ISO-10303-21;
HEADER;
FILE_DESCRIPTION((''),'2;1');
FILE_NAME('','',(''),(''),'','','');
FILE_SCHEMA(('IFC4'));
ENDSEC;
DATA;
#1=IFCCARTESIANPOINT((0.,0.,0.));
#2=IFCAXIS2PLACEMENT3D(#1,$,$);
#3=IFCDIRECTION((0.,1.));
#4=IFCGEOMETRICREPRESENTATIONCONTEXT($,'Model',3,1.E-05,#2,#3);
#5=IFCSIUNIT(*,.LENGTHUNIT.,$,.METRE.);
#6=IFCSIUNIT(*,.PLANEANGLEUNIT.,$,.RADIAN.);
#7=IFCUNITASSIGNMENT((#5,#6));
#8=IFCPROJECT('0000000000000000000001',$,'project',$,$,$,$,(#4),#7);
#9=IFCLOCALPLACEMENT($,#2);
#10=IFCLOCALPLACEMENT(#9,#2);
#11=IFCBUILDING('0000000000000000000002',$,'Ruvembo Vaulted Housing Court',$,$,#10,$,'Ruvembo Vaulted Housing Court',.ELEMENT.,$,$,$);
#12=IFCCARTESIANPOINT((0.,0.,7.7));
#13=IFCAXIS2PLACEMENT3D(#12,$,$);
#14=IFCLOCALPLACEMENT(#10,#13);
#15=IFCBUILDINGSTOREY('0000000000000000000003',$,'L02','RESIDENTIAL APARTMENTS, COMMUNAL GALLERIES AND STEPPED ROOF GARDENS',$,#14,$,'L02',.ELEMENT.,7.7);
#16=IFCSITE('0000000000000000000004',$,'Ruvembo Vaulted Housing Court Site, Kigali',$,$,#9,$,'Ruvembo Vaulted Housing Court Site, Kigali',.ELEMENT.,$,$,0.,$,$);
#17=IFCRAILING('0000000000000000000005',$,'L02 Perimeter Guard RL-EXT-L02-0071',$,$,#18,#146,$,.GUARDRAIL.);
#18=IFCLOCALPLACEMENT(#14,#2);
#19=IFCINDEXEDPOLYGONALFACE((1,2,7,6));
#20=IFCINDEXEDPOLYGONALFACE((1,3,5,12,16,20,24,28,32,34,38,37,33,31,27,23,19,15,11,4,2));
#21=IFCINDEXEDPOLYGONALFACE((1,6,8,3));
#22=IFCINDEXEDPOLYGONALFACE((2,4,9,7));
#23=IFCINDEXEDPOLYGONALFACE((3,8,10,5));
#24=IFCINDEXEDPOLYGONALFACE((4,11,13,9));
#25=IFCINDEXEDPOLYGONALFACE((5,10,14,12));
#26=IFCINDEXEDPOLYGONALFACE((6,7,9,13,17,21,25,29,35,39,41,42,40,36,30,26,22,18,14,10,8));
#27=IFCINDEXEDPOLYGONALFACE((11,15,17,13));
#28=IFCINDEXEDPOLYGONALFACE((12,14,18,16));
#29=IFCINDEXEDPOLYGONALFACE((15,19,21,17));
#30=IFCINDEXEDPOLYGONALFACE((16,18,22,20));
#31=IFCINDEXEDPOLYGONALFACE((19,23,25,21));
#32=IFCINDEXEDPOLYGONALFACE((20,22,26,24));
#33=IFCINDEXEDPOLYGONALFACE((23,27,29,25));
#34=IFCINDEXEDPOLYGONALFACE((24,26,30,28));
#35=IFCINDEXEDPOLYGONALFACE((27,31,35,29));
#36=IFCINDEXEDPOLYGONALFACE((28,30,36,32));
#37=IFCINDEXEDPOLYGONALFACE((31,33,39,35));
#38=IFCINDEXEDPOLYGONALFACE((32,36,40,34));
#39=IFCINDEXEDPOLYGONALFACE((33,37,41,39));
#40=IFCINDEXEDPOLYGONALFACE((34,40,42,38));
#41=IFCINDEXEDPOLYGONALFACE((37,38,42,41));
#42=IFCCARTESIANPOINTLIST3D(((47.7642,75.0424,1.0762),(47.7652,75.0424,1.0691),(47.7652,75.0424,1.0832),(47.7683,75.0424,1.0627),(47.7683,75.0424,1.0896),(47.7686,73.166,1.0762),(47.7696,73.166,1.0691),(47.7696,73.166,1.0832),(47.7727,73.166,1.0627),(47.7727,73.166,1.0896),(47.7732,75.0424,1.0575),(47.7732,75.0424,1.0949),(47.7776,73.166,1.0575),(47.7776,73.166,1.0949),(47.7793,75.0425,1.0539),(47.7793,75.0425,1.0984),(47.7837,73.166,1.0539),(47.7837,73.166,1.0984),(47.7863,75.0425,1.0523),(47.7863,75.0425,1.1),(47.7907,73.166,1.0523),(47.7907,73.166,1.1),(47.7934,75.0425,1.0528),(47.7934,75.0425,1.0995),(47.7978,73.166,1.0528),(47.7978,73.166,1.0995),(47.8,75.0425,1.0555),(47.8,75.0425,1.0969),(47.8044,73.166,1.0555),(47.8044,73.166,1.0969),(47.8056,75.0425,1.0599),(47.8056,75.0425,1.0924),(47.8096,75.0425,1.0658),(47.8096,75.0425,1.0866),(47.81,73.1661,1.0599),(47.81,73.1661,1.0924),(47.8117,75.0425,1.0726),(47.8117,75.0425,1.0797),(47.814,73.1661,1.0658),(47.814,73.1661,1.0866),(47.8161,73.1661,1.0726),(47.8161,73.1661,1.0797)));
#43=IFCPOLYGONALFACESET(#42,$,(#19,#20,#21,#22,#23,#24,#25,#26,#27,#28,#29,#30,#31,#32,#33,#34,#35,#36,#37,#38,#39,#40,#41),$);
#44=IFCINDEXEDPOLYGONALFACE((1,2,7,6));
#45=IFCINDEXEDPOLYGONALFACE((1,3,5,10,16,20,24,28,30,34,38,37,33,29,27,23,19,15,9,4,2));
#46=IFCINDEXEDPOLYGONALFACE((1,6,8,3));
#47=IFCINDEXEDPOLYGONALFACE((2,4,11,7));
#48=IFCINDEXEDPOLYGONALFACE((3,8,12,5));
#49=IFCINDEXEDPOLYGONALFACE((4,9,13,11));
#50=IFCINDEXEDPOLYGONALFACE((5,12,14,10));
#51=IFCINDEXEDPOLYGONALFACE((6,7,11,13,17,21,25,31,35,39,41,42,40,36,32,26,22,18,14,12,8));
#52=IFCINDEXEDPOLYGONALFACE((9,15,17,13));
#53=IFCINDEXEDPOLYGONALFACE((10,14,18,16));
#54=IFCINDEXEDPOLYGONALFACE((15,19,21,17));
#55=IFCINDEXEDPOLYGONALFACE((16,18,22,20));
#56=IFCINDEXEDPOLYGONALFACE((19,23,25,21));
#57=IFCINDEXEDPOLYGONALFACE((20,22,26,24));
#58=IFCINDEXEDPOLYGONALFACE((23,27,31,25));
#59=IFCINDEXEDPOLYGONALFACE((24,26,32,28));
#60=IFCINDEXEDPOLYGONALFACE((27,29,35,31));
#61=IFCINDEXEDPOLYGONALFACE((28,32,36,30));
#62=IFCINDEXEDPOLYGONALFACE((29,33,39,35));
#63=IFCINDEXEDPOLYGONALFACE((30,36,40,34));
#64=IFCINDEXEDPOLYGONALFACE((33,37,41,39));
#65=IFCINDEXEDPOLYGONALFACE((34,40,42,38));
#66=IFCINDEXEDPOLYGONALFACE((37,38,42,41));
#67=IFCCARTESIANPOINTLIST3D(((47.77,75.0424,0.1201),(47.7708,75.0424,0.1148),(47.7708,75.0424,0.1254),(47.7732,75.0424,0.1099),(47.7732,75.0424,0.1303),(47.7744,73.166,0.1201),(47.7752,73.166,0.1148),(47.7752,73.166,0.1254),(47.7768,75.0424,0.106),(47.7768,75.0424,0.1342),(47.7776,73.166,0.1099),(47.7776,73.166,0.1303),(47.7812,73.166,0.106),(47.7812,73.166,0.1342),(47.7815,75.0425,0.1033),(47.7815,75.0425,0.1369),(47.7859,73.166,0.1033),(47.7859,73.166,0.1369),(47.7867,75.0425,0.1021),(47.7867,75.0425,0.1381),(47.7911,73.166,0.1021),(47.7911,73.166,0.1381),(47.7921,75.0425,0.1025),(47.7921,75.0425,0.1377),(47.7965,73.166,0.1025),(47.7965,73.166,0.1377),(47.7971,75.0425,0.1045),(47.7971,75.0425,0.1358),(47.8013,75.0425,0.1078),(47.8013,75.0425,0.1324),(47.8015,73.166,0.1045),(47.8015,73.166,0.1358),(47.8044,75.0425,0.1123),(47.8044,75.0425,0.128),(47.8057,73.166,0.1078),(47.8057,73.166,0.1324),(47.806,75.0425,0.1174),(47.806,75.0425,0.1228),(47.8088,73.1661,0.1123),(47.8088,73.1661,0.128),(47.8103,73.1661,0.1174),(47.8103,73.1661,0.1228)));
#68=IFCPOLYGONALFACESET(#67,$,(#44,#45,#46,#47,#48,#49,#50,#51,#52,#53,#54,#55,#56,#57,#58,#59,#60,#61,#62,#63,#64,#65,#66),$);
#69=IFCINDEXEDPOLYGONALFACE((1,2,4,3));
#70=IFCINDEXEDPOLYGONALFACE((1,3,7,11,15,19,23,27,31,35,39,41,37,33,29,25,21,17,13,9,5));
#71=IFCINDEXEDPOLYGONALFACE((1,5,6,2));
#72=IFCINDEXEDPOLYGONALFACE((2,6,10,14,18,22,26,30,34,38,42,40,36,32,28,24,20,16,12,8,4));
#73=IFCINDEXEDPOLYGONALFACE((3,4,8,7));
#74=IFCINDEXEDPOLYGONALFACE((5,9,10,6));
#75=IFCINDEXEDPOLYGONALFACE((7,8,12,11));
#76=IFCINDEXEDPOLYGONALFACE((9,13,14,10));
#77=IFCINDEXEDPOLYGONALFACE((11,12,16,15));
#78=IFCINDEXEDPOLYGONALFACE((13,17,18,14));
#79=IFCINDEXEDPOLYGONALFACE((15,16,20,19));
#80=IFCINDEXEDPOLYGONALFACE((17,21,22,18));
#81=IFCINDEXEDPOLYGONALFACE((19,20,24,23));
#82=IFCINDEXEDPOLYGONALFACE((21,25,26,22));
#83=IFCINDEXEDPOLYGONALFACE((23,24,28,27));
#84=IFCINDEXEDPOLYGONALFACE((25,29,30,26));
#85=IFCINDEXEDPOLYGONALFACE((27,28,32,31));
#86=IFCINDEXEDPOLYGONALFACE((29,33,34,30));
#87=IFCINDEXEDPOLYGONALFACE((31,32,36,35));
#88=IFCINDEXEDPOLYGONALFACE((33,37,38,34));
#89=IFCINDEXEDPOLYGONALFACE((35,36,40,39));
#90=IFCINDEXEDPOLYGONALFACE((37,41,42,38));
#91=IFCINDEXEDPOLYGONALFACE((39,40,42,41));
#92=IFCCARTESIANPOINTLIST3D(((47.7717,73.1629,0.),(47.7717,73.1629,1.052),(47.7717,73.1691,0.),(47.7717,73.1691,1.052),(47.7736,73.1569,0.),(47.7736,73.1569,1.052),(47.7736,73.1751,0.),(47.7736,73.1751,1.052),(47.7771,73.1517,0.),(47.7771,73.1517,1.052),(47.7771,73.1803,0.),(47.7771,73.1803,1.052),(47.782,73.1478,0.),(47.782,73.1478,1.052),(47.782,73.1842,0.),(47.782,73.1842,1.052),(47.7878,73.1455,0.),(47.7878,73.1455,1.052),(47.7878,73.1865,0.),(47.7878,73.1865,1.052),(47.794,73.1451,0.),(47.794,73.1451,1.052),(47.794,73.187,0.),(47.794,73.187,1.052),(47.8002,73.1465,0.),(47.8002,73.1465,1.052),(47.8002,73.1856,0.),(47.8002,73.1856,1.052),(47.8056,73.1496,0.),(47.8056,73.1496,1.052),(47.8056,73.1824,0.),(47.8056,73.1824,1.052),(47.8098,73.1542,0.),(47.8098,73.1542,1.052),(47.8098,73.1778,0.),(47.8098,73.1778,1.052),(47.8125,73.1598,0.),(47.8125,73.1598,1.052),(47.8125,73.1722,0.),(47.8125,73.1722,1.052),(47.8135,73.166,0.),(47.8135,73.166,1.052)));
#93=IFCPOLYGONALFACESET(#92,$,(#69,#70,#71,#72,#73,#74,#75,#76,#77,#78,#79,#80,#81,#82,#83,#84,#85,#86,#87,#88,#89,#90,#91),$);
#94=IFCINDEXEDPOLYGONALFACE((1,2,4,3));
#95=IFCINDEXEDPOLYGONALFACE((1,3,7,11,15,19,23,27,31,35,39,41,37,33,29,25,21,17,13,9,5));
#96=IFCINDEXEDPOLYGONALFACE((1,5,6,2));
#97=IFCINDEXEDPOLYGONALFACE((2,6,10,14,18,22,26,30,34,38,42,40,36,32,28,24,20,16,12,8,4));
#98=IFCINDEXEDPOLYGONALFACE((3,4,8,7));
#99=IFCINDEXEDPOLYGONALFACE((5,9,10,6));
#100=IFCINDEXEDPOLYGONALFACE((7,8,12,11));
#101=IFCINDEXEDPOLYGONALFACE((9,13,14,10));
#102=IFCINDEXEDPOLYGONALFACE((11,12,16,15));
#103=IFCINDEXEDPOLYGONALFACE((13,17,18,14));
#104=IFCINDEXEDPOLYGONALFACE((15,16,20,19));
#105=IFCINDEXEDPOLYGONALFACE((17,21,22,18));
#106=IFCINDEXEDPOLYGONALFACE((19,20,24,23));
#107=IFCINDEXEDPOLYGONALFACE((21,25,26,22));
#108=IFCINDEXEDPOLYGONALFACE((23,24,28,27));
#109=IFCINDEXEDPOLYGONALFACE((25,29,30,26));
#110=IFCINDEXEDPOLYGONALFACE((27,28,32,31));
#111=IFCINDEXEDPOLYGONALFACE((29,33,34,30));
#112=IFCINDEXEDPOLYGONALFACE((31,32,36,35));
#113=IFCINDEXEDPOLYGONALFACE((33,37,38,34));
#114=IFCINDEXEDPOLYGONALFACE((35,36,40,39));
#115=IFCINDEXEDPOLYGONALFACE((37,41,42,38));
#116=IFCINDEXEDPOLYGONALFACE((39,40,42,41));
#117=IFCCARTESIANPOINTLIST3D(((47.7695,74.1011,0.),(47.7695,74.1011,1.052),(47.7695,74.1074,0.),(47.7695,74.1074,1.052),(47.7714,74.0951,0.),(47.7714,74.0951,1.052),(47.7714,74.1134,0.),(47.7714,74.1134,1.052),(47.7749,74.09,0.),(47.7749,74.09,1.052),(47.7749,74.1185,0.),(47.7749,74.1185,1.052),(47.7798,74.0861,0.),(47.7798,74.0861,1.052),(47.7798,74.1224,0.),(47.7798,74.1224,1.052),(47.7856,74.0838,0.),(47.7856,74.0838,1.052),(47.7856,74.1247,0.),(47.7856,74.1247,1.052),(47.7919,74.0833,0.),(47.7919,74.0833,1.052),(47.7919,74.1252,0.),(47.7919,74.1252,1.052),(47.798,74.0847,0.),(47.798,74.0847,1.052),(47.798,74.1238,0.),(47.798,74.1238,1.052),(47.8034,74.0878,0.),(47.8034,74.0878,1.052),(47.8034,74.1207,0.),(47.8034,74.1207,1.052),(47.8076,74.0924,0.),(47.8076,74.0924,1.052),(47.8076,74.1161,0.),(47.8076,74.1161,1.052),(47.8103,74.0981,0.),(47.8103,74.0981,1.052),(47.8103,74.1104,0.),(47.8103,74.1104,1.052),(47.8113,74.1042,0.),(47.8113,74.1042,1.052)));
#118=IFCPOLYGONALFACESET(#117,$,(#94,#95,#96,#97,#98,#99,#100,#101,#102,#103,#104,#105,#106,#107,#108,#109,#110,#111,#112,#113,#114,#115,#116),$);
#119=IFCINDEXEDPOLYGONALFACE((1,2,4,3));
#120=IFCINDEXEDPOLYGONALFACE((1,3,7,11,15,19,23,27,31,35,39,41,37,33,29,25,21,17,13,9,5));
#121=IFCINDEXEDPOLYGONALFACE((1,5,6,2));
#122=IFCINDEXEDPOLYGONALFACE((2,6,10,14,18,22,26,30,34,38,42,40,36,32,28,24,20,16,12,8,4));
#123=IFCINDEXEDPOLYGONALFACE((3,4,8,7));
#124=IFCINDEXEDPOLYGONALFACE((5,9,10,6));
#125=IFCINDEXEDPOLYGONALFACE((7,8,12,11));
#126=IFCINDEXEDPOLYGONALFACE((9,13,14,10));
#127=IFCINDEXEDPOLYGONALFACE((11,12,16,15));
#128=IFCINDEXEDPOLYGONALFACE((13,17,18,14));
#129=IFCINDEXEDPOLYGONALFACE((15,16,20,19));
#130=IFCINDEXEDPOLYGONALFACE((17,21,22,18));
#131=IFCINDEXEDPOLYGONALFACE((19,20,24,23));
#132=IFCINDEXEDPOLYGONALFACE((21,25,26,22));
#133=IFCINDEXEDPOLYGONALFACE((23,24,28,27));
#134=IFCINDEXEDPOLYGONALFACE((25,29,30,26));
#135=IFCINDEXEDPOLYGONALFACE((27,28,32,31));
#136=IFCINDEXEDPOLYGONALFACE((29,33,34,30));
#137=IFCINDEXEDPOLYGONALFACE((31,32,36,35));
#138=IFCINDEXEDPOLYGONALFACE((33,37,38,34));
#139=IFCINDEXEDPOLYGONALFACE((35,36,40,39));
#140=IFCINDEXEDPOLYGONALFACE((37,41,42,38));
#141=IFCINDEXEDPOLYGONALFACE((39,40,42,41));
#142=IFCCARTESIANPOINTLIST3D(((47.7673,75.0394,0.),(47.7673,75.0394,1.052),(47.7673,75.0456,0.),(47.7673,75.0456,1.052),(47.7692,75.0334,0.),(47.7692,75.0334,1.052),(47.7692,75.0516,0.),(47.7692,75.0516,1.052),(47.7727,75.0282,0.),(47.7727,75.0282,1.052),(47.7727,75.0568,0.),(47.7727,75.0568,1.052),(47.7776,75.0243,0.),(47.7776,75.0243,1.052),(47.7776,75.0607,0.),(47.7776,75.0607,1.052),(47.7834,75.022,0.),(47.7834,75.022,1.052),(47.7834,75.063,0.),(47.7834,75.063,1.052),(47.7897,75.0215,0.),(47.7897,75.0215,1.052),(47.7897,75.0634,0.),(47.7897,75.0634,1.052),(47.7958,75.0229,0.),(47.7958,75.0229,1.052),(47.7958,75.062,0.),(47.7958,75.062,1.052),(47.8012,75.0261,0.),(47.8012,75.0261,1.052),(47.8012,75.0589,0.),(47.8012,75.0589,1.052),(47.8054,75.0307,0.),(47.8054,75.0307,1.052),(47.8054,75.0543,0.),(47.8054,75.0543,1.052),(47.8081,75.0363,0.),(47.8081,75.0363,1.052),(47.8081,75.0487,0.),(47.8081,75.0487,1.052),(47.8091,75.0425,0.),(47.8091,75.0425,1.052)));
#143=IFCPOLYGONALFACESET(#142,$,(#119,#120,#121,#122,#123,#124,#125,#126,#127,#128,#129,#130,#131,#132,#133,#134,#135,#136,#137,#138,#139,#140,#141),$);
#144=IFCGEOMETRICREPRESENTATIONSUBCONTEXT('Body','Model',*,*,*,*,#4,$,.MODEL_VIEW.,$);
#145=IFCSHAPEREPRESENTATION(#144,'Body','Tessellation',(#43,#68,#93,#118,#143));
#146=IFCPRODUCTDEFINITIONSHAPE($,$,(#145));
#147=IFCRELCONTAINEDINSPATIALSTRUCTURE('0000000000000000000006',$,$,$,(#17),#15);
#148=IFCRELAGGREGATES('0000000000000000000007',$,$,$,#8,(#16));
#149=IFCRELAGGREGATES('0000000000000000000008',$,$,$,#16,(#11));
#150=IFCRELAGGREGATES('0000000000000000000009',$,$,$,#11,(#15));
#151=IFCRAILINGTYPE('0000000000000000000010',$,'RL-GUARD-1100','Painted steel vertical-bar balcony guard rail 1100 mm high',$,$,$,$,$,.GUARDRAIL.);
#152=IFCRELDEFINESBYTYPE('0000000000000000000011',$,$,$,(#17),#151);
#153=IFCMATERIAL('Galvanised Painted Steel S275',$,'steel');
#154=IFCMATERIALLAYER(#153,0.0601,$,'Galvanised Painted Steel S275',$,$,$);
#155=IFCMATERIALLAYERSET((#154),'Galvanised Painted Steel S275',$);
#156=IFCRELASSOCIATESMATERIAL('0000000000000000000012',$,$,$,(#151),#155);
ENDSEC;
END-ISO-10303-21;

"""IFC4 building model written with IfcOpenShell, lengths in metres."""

from ifc_helpers import new_model, si_unit, direction, frame, origin, origin_2d, place, context, subcontext, project, spatial, circle, extrude, material, layer, layer_set, type_object, element, save


model = new_model("IFC4")

# Units and contexts
model_context = context("Model", 3, precision=1e-05, world=origin(), true_north=direction((0.0, 1.0)))
body_context = subcontext(model_context, "Body", "Model", "MODEL_VIEW")
ifc_project = project(units=[si_unit("LENGTHUNIT", "METRE"), si_unit("PLANEANGLEUNIT", "RADIAN")], contexts=[model_context])

# Site, building, storey
site_placement = place(None, origin())
site = spatial("IfcSite", under=ifc_project, at=site_placement, Name="Ruvembo Vaulted Housing Court Site, Kigali", LongName="Ruvembo Vaulted Housing Court Site, Kigali", CompositionType="ELEMENT", RefElevation=0.0)
building_placement = place(site_placement, origin())
building = spatial("IfcBuilding", under=site, at=building_placement, Name="Ruvembo Vaulted Housing Court", LongName="Ruvembo Vaulted Housing Court", CompositionType="ELEMENT")
storey_placement = place(building_placement, frame((0.0, 0.0, 7.7)))
storey = spatial("IfcBuildingStorey", under=building, at=storey_placement, Name="L02", Description="RESIDENTIAL APARTMENTS, COMMUNAL GALLERIES AND STEPPED ROOF GARDENS", LongName="L02", CompositionType="ELEMENT", Elevation=7.7)

# Railing
ifc_material_1 = material(Name="Galvanised Painted Steel S275", Category="steel")
ifc_layer_1 = layer(ifc_material_1, 0.0601, Name="Galvanised Painted Steel S275")
ifc_layer_set_1 = layer_set([ifc_layer_1], Name="Galvanised Painted Steel S275")
railing_type = type_object("IfcRailingType", Name="RL-GUARD-1100", Description="Painted steel vertical-bar balcony guard rail 1100 mm high", PredefinedType="GUARDRAIL", material=ifc_layer_set_1)
railing_1_placement = place(storey_placement, frame((47.7925, 73.166, 0.0)))
element("IfcRailing", 1, at=railing_1_placement, inside=storey, type_object=railing_type, Name="L02 Perimeter Guard RL-EXT-L02-0071", PredefinedType="GUARDRAIL", context=body_context, shape_type="SweptSolid", body=[
    extrude(circle(Radius=0.0239, at=origin_2d()), frame((0.0, 0.0, 1.0762), z_axis=(-0.002342, 0.999997, 0.0), x_axis=(-0.999997, -0.002342, 0.0)), (0.0, 0.0, 1.0), 1.8765),
    extrude(circle(Radius=0.0181, at=origin_2d()), frame((0.0, 0.0, 0.1201), z_axis=(-0.002342, 0.999997, 0.0), x_axis=(-0.999997, -0.002342, 0.0)), (0.0, 0.0, 1.0), 1.8765),
    extrude(circle(Radius=0.021, at=origin_2d()), origin(), (0.0, 0.0, 1.0), 1.052),
    extrude(circle(Radius=0.021, at=origin_2d()), frame((-0.0022, 0.9382, 0.0)), (0.0, 0.0, 1.0), 1.052),
    extrude(circle(Radius=0.021, at=origin_2d()), frame((-0.0044, 1.8765, 0.0)), (0.0, 0.0, 1.0), 1.052),
])

save(model, "model.ifc")
